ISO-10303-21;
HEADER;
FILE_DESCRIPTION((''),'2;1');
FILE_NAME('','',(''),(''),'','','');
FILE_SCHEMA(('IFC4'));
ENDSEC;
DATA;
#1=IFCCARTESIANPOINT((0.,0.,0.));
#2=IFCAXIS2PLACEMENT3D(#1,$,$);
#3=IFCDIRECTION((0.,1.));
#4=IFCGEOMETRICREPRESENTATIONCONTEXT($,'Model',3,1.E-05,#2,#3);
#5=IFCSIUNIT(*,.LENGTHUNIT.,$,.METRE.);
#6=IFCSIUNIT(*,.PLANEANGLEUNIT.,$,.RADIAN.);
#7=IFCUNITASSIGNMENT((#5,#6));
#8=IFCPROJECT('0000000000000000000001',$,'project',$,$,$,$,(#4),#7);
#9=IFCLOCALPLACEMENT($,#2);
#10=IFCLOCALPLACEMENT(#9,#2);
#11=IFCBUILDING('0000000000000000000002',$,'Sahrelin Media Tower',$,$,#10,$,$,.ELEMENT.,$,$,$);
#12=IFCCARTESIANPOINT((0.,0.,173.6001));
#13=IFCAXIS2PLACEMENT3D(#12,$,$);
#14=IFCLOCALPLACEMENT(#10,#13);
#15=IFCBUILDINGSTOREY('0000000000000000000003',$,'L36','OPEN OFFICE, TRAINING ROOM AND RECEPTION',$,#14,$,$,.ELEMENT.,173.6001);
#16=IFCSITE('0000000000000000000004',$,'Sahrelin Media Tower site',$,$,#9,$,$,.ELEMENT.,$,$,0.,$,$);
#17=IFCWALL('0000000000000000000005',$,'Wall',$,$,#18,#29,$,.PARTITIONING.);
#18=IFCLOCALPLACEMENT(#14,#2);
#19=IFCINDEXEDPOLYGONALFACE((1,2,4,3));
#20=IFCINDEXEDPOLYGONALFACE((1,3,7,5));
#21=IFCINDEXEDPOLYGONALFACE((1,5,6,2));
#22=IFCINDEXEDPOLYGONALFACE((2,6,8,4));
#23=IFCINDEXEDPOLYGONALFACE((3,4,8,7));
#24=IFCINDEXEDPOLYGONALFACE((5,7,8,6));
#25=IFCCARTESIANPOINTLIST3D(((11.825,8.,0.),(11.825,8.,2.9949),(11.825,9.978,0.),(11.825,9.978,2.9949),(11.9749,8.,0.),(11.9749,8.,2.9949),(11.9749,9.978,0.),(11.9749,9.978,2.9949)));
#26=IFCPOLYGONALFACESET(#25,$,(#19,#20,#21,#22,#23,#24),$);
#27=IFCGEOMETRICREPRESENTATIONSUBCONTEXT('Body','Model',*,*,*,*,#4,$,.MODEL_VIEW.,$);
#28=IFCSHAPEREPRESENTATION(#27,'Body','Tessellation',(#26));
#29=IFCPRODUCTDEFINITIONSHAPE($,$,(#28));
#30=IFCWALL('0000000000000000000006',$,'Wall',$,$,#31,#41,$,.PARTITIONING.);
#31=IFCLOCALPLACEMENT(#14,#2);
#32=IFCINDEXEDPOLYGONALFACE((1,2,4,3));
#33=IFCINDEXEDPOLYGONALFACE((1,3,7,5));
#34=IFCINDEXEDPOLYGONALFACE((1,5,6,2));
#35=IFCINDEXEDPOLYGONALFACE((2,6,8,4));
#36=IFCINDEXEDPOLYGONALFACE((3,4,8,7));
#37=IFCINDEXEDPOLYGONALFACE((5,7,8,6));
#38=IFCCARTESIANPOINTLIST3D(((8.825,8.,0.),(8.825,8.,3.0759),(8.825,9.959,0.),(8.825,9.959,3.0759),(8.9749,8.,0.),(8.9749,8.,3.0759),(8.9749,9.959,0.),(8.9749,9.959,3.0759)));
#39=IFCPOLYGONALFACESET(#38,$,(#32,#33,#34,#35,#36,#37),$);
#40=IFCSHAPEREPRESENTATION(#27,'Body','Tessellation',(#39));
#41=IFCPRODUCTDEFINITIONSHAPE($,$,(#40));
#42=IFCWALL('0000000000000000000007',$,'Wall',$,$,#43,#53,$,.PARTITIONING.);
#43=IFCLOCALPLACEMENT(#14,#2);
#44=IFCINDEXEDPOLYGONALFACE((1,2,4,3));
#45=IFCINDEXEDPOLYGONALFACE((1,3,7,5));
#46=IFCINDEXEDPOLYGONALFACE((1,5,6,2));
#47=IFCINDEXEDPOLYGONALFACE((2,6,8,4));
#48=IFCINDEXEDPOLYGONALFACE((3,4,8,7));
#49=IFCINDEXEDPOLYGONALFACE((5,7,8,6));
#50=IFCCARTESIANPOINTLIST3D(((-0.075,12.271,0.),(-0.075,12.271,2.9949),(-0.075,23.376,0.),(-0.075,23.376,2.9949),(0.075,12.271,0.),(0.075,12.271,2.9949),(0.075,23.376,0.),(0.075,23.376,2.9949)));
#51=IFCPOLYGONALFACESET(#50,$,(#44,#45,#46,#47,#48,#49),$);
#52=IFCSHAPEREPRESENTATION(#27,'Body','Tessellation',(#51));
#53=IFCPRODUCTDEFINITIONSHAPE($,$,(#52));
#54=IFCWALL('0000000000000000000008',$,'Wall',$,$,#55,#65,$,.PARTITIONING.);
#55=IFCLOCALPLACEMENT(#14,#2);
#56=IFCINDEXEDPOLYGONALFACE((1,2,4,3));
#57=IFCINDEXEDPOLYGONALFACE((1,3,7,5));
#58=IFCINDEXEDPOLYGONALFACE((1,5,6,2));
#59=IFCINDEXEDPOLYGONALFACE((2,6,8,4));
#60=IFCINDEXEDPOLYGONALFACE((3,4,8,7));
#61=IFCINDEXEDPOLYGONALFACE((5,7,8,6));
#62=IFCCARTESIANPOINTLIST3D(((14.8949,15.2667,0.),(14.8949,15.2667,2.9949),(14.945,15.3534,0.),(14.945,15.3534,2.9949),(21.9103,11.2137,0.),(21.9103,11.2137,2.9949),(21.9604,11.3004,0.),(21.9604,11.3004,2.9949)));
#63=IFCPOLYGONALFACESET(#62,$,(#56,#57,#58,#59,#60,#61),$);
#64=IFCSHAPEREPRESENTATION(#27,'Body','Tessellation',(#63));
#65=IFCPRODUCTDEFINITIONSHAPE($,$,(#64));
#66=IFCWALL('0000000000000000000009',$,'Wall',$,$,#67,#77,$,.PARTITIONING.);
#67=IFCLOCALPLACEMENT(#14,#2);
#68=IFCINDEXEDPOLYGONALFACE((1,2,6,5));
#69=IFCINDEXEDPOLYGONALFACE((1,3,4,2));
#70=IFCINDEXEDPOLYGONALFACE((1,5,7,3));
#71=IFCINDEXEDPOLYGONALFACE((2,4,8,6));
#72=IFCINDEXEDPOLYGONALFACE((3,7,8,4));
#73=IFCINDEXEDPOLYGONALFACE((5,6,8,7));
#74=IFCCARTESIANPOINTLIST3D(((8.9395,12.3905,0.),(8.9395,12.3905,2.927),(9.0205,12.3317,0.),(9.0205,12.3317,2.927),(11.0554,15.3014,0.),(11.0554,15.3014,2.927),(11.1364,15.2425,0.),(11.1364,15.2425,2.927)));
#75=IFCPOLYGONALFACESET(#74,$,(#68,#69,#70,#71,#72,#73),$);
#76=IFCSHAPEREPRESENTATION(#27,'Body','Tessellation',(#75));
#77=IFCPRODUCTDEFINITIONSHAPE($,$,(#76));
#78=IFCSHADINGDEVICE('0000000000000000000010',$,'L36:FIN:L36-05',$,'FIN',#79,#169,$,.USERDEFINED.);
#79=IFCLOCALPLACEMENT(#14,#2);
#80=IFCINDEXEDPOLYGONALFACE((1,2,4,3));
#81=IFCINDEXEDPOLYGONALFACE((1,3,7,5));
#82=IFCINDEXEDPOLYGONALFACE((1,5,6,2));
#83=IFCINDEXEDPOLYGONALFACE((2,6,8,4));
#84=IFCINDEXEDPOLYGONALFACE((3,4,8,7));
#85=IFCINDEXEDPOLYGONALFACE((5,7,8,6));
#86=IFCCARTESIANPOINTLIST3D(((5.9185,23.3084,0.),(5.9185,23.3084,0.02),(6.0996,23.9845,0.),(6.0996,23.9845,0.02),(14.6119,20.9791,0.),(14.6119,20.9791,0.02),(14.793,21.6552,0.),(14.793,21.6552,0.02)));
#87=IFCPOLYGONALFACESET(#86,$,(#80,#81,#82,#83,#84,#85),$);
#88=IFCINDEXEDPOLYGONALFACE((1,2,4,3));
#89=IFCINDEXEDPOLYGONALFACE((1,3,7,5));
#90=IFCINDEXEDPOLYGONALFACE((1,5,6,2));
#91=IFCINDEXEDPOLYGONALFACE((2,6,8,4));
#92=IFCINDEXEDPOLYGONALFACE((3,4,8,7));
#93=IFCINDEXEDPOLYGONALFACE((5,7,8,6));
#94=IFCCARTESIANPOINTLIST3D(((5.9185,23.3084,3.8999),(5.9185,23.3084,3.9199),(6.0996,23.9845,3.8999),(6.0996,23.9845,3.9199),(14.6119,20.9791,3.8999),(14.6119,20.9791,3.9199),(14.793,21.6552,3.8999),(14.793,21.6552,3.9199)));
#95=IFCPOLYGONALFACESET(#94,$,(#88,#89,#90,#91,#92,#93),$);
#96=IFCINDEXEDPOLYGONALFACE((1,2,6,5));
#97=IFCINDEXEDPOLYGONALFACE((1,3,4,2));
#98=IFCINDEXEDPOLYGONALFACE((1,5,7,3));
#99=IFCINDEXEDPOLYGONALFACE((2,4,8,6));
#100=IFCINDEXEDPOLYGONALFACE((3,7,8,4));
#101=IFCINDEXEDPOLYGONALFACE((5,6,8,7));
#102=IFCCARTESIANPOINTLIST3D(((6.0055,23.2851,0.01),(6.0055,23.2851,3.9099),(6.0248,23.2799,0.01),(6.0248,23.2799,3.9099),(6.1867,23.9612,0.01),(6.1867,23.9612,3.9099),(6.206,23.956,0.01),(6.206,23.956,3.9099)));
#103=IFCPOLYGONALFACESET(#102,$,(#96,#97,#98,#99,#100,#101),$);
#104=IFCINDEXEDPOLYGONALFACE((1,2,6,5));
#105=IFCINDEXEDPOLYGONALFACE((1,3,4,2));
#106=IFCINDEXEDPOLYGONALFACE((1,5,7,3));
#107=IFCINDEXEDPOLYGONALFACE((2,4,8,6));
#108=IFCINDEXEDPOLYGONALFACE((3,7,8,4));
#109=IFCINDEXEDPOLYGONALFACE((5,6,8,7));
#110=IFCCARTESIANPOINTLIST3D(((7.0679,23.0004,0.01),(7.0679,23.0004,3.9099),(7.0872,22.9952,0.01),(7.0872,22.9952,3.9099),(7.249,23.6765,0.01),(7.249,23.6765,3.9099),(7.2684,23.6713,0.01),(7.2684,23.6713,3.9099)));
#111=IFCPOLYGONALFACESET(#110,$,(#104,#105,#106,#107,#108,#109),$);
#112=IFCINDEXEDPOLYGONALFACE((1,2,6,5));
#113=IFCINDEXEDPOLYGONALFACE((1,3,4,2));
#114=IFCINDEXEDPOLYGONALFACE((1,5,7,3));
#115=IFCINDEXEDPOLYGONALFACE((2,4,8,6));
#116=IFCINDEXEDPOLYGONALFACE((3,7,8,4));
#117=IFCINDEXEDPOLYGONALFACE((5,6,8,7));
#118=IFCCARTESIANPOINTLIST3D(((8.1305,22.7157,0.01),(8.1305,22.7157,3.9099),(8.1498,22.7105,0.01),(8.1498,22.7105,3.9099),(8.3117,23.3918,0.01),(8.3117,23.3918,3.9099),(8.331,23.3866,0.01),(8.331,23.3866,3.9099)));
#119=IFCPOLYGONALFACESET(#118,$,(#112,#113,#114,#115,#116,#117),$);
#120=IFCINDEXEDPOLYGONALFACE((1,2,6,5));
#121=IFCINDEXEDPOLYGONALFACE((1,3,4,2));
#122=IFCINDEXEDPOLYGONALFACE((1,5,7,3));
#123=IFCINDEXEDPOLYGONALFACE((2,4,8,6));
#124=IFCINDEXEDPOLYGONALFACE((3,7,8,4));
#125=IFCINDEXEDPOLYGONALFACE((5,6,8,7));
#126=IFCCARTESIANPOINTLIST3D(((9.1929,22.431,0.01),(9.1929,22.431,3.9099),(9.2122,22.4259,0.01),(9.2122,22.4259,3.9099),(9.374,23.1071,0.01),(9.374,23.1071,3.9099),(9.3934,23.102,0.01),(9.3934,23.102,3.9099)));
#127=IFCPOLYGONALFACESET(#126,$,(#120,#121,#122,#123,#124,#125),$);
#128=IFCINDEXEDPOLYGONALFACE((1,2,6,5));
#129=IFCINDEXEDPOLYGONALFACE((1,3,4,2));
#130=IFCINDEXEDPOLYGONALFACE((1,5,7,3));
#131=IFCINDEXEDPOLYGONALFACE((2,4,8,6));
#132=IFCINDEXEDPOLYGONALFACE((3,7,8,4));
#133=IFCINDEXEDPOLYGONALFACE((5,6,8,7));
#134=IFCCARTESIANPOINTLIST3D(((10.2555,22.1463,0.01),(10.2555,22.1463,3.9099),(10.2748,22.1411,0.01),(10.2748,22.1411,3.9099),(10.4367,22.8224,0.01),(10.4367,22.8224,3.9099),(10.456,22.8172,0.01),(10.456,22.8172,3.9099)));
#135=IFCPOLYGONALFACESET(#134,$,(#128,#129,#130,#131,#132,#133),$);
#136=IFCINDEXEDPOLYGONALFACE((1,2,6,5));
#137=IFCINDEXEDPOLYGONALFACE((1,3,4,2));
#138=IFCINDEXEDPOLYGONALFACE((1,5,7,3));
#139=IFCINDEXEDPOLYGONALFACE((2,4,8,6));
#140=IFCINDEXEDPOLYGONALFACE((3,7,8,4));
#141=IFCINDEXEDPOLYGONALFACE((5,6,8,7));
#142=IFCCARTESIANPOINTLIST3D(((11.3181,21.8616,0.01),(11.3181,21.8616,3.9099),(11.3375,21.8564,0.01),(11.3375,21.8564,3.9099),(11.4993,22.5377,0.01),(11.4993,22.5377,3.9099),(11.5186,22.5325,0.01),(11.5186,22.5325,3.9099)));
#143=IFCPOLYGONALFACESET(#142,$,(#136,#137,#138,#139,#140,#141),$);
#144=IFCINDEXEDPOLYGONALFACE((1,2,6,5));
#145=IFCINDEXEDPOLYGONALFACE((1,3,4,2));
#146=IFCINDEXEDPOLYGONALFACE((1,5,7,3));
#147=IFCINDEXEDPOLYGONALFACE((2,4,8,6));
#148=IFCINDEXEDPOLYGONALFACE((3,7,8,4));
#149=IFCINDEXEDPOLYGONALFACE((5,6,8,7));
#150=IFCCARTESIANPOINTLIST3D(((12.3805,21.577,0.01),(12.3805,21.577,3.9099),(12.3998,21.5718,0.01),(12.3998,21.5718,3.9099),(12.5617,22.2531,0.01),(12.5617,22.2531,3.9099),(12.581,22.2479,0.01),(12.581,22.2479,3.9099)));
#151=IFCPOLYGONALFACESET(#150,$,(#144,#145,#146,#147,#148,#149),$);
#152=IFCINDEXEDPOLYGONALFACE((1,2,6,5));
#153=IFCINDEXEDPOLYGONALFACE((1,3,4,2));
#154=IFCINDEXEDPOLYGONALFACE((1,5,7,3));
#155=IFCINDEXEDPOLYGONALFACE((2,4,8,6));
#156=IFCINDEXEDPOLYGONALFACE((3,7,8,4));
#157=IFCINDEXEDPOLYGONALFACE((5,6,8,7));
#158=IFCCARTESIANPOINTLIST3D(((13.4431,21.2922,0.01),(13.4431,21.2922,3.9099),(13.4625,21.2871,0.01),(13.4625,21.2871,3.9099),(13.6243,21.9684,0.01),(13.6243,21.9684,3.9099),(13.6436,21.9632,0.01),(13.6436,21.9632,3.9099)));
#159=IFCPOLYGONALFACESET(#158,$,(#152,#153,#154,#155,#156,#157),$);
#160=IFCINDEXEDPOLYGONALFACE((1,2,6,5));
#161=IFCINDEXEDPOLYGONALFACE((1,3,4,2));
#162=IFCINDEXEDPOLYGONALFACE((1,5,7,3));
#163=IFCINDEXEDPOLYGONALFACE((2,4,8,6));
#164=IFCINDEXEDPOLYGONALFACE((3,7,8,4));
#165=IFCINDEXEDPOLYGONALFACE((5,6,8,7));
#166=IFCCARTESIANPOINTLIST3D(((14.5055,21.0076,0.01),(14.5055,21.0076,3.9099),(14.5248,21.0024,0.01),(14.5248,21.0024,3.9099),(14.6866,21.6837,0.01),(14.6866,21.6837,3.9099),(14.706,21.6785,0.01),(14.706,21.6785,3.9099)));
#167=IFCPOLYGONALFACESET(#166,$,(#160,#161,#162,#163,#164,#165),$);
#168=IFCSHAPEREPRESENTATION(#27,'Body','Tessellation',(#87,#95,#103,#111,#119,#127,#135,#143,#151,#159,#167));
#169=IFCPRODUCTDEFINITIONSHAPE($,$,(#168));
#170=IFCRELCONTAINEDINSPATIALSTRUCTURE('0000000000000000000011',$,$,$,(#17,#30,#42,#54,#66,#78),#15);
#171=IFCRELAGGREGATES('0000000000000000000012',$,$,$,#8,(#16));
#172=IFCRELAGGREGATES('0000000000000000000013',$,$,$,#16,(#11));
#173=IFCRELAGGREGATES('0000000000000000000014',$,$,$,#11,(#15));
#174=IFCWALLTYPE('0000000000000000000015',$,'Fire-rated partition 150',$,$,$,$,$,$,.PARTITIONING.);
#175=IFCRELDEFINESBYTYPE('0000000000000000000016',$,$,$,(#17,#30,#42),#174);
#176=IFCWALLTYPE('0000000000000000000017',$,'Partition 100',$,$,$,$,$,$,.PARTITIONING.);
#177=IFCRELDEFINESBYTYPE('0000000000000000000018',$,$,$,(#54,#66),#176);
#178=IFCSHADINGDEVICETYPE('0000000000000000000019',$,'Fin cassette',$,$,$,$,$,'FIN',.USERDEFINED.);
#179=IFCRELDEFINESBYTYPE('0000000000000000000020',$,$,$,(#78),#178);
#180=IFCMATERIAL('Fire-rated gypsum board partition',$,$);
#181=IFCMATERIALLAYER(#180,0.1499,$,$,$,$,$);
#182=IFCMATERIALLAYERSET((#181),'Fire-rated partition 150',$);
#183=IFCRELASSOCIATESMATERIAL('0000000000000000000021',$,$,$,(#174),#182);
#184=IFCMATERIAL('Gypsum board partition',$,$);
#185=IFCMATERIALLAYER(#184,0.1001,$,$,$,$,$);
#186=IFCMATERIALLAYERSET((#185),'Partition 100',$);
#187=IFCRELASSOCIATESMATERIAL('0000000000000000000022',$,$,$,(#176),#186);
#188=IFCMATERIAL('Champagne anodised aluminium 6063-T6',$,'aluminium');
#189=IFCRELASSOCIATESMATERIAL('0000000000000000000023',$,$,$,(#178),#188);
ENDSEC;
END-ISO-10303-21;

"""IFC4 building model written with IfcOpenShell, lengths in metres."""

from ifc_helpers import new_model, si_unit, direction, frame, frame_2d, origin, origin_2d, place, context, subcontext, project, spatial, rectangle, extrude, material, layer, layer_set, type_object, element, save


model = new_model("IFC4")

# Units and contexts
model_context = context("Model", 3, precision=1e-05, world=origin(), true_north=direction((0.0, 1.0)))
body_context = subcontext(model_context, "Body", "Model", "MODEL_VIEW")
ifc_project = project(units=[si_unit("LENGTHUNIT", "METRE"), si_unit("PLANEANGLEUNIT", "RADIAN")], contexts=[model_context])

# Site, building, storey
site_placement = place(None, origin())
site = spatial("IfcSite", under=ifc_project, at=site_placement, Name="Sahrelin Media Tower site", CompositionType="ELEMENT", RefElevation=0.0)
building_placement = place(site_placement, origin())
building = spatial("IfcBuilding", under=site, at=building_placement, Name="Sahrelin Media Tower", CompositionType="ELEMENT")
storey_placement = place(building_placement, frame((0.0, 0.0, 173.6001)))
storey = spatial("IfcBuildingStorey", under=building, at=storey_placement, Name="L36", Description="OPEN OFFICE, TRAINING ROOM AND RECEPTION", CompositionType="ELEMENT", Elevation=173.6001)

# Shared definitions
ifc_material_1 = material(Name="Champagne anodised aluminium 6063-T6", Category="aluminium")

# Walls
ifc_material_2 = material(Name="Fire-rated gypsum board partition")
ifc_layer_1 = layer(ifc_material_2, 0.1499)
ifc_layer_set_1 = layer_set([ifc_layer_1], Name="Fire-rated partition 150")
wall_type_1 = type_object("IfcWallType", Name="Fire-rated partition 150", PredefinedType="PARTITIONING", material=ifc_layer_set_1)
wall_1_placement = place(storey_placement, frame((11.8999, 8.0, 0.0), z_axis=(0.0, 0.0, 1.0), x_axis=(0.0, 1.0, 0.0)))
element("IfcWall", 1, at=wall_1_placement, inside=storey, type_object=wall_type_1, Name="Wall", PredefinedType="PARTITIONING", context=body_context, shape_type="SweptSolid", body=[
    extrude(rectangle(XDim=1.978, YDim=0.1499, at=frame_2d((0.989, 0.0))), origin(), (0.0, 0.0, 1.0), 2.9949),
])
wall_2_placement = place(storey_placement, frame((8.8999, 8.0, 0.0), z_axis=(0.0, 0.0, 1.0), x_axis=(0.0, 1.0, 0.0)))
element("IfcWall", 2, at=wall_2_placement, inside=storey, type_object=wall_type_1, Name="Wall", PredefinedType="PARTITIONING", context=body_context, shape_type="SweptSolid", body=[
    extrude(rectangle(XDim=1.959, YDim=0.1499, at=frame_2d((0.9795, 0.0))), origin(), (0.0, 0.0, 1.0), 3.0759),
])
wall_3_placement = place(storey_placement, frame((0.0, 12.271, 0.0), z_axis=(0.0, 0.0, 1.0), x_axis=(0.0, 1.0, 0.0)))
element("IfcWall", 3, at=wall_3_placement, inside=storey, type_object=wall_type_1, Name="Wall", PredefinedType="PARTITIONING", context=body_context, shape_type="SweptSolid", body=[
    extrude(rectangle(XDim=11.105, YDim=0.1499, at=frame_2d((5.5525, 0.0))), origin(), (0.0, 0.0, 1.0), 2.9949),
])
ifc_material_3 = material(Name="Gypsum board partition")
ifc_layer_2 = layer(ifc_material_3, 0.1001)
ifc_layer_set_2 = layer_set([ifc_layer_2], Name="Partition 100")
wall_type_2 = type_object("IfcWallType", Name="Partition 100", PredefinedType="PARTITIONING", material=ifc_layer_set_2)
wall_4_placement = place(storey_placement, frame((14.9199, 15.3101, 0.0), z_axis=(0.0, 0.0, 1.0), x_axis=(0.865884, -0.500245, 0.0)))
element("IfcWall", 4, at=wall_4_placement, inside=storey, type_object=wall_type_2, Name="Wall", PredefinedType="PARTITIONING", context=body_context, shape_type="SweptSolid", body=[
    extrude(rectangle(XDim=8.1021, YDim=0.1001, at=frame_2d((4.051, 0.0))), origin(), (0.0, 0.0, 1.0), 2.9949),
])
wall_5_placement = place(storey_placement, frame((8.98, 12.3611, 0.0), z_axis=(0.0, 0.0, 1.0), x_axis=(0.587982, 0.808874, 0.0)))
element("IfcWall", 5, at=wall_5_placement, inside=storey, type_object=wall_type_2, Name="Wall", PredefinedType="PARTITIONING", context=body_context, shape_type="SweptSolid", body=[
    extrude(rectangle(XDim=3.5986, YDim=0.1001, at=frame_2d((1.7993, 0.0))), origin(), (0.0, 0.0, 1.0), 2.927),
])

# Shading device
shading_device_type_1 = type_object("IfcShadingDeviceType", Name="Fin cassette", ElementType="FIN", PredefinedType="USERDEFINED", material=ifc_material_1)
placement = place(storey_placement, frame((10.2471, 22.0762, 0.0), z_axis=(0.0, 0.0, 1.0), x_axis=(0.965929, -0.258808, 0.0)))
element("IfcShadingDevice", 6, at=placement, inside=storey, type_object=shading_device_type_1, Name="L36:FIN:L36-05", ObjectType="FIN", PredefinedType="USERDEFINED", context=body_context, shape_type="SweptSolid", body=[
    extrude(rectangle(XDim=9.0, YDim=0.7, at=origin_2d()), frame((0.0, 0.4199, 0.0)), (0.0, 0.0, 1.0), 0.02),
    extrude(rectangle(XDim=9.0, YDim=0.7, at=origin_2d()), frame((0.0, 0.4199, 3.8999)), (0.0, 0.0, 1.0), 0.02),
    extrude(rectangle(XDim=0.02, YDim=0.7, at=origin_2d()), frame((-4.3999, 0.4199, 0.01), z_axis=(0.0, 0.0, 1.0), x_axis=(1.0, 0.0, 0.0)), (0.0, 0.0, 1.0), 3.8999),
    extrude(rectangle(XDim=0.02, YDim=0.7, at=origin_2d()), frame((-3.3, 0.4199, 0.01), z_axis=(0.0, 0.0, 1.0), x_axis=(1.0, 0.0, 0.0)), (0.0, 0.0, 1.0), 3.8999),
    extrude(rectangle(XDim=0.02, YDim=0.7, at=origin_2d()), frame((-2.2, 0.4199, 0.01), z_axis=(0.0, 0.0, 1.0), x_axis=(1.0, 0.0, 0.0)), (0.0, 0.0, 1.0), 3.8999),
    extrude(rectangle(XDim=0.02, YDim=0.7, at=origin_2d()), frame((-1.1001, 0.4199, 0.01), z_axis=(0.0, 0.0, 1.0), x_axis=(1.0, 0.0, 0.0)), (0.0, 0.0, 1.0), 3.8999),
    extrude(rectangle(XDim=0.02, YDim=0.7, at=origin_2d()), frame((0.0, 0.4199, 0.01), z_axis=(0.0, 0.0, 1.0), x_axis=(1.0, 0.0, 0.0)), (0.0, 0.0, 1.0), 3.8999),
    extrude(rectangle(XDim=0.02, YDim=0.7, at=origin_2d()), frame((1.1001, 0.4199, 0.01), z_axis=(0.0, 0.0, 1.0), x_axis=(1.0, 0.0, 0.0)), (0.0, 0.0, 1.0), 3.8999),
    extrude(rectangle(XDim=0.02, YDim=0.7, at=origin_2d()), frame((2.2, 0.4199, 0.01), z_axis=(0.0, 0.0, 1.0), x_axis=(1.0, 0.0, 0.0)), (0.0, 0.0, 1.0), 3.8999),
    extrude(rectangle(XDim=0.02, YDim=0.7, at=origin_2d()), frame((3.3, 0.4199, 0.01), z_axis=(0.0, 0.0, 1.0), x_axis=(1.0, 0.0, 0.0)), (0.0, 0.0, 1.0), 3.8999),
    extrude(rectangle(XDim=0.02, YDim=0.7, at=origin_2d()), frame((4.3999, 0.4199, 0.01), z_axis=(0.0, 0.0, 1.0), x_axis=(1.0, 0.0, 0.0)), (0.0, 0.0, 1.0), 3.8999),
])

save(model, "model.ifc")
